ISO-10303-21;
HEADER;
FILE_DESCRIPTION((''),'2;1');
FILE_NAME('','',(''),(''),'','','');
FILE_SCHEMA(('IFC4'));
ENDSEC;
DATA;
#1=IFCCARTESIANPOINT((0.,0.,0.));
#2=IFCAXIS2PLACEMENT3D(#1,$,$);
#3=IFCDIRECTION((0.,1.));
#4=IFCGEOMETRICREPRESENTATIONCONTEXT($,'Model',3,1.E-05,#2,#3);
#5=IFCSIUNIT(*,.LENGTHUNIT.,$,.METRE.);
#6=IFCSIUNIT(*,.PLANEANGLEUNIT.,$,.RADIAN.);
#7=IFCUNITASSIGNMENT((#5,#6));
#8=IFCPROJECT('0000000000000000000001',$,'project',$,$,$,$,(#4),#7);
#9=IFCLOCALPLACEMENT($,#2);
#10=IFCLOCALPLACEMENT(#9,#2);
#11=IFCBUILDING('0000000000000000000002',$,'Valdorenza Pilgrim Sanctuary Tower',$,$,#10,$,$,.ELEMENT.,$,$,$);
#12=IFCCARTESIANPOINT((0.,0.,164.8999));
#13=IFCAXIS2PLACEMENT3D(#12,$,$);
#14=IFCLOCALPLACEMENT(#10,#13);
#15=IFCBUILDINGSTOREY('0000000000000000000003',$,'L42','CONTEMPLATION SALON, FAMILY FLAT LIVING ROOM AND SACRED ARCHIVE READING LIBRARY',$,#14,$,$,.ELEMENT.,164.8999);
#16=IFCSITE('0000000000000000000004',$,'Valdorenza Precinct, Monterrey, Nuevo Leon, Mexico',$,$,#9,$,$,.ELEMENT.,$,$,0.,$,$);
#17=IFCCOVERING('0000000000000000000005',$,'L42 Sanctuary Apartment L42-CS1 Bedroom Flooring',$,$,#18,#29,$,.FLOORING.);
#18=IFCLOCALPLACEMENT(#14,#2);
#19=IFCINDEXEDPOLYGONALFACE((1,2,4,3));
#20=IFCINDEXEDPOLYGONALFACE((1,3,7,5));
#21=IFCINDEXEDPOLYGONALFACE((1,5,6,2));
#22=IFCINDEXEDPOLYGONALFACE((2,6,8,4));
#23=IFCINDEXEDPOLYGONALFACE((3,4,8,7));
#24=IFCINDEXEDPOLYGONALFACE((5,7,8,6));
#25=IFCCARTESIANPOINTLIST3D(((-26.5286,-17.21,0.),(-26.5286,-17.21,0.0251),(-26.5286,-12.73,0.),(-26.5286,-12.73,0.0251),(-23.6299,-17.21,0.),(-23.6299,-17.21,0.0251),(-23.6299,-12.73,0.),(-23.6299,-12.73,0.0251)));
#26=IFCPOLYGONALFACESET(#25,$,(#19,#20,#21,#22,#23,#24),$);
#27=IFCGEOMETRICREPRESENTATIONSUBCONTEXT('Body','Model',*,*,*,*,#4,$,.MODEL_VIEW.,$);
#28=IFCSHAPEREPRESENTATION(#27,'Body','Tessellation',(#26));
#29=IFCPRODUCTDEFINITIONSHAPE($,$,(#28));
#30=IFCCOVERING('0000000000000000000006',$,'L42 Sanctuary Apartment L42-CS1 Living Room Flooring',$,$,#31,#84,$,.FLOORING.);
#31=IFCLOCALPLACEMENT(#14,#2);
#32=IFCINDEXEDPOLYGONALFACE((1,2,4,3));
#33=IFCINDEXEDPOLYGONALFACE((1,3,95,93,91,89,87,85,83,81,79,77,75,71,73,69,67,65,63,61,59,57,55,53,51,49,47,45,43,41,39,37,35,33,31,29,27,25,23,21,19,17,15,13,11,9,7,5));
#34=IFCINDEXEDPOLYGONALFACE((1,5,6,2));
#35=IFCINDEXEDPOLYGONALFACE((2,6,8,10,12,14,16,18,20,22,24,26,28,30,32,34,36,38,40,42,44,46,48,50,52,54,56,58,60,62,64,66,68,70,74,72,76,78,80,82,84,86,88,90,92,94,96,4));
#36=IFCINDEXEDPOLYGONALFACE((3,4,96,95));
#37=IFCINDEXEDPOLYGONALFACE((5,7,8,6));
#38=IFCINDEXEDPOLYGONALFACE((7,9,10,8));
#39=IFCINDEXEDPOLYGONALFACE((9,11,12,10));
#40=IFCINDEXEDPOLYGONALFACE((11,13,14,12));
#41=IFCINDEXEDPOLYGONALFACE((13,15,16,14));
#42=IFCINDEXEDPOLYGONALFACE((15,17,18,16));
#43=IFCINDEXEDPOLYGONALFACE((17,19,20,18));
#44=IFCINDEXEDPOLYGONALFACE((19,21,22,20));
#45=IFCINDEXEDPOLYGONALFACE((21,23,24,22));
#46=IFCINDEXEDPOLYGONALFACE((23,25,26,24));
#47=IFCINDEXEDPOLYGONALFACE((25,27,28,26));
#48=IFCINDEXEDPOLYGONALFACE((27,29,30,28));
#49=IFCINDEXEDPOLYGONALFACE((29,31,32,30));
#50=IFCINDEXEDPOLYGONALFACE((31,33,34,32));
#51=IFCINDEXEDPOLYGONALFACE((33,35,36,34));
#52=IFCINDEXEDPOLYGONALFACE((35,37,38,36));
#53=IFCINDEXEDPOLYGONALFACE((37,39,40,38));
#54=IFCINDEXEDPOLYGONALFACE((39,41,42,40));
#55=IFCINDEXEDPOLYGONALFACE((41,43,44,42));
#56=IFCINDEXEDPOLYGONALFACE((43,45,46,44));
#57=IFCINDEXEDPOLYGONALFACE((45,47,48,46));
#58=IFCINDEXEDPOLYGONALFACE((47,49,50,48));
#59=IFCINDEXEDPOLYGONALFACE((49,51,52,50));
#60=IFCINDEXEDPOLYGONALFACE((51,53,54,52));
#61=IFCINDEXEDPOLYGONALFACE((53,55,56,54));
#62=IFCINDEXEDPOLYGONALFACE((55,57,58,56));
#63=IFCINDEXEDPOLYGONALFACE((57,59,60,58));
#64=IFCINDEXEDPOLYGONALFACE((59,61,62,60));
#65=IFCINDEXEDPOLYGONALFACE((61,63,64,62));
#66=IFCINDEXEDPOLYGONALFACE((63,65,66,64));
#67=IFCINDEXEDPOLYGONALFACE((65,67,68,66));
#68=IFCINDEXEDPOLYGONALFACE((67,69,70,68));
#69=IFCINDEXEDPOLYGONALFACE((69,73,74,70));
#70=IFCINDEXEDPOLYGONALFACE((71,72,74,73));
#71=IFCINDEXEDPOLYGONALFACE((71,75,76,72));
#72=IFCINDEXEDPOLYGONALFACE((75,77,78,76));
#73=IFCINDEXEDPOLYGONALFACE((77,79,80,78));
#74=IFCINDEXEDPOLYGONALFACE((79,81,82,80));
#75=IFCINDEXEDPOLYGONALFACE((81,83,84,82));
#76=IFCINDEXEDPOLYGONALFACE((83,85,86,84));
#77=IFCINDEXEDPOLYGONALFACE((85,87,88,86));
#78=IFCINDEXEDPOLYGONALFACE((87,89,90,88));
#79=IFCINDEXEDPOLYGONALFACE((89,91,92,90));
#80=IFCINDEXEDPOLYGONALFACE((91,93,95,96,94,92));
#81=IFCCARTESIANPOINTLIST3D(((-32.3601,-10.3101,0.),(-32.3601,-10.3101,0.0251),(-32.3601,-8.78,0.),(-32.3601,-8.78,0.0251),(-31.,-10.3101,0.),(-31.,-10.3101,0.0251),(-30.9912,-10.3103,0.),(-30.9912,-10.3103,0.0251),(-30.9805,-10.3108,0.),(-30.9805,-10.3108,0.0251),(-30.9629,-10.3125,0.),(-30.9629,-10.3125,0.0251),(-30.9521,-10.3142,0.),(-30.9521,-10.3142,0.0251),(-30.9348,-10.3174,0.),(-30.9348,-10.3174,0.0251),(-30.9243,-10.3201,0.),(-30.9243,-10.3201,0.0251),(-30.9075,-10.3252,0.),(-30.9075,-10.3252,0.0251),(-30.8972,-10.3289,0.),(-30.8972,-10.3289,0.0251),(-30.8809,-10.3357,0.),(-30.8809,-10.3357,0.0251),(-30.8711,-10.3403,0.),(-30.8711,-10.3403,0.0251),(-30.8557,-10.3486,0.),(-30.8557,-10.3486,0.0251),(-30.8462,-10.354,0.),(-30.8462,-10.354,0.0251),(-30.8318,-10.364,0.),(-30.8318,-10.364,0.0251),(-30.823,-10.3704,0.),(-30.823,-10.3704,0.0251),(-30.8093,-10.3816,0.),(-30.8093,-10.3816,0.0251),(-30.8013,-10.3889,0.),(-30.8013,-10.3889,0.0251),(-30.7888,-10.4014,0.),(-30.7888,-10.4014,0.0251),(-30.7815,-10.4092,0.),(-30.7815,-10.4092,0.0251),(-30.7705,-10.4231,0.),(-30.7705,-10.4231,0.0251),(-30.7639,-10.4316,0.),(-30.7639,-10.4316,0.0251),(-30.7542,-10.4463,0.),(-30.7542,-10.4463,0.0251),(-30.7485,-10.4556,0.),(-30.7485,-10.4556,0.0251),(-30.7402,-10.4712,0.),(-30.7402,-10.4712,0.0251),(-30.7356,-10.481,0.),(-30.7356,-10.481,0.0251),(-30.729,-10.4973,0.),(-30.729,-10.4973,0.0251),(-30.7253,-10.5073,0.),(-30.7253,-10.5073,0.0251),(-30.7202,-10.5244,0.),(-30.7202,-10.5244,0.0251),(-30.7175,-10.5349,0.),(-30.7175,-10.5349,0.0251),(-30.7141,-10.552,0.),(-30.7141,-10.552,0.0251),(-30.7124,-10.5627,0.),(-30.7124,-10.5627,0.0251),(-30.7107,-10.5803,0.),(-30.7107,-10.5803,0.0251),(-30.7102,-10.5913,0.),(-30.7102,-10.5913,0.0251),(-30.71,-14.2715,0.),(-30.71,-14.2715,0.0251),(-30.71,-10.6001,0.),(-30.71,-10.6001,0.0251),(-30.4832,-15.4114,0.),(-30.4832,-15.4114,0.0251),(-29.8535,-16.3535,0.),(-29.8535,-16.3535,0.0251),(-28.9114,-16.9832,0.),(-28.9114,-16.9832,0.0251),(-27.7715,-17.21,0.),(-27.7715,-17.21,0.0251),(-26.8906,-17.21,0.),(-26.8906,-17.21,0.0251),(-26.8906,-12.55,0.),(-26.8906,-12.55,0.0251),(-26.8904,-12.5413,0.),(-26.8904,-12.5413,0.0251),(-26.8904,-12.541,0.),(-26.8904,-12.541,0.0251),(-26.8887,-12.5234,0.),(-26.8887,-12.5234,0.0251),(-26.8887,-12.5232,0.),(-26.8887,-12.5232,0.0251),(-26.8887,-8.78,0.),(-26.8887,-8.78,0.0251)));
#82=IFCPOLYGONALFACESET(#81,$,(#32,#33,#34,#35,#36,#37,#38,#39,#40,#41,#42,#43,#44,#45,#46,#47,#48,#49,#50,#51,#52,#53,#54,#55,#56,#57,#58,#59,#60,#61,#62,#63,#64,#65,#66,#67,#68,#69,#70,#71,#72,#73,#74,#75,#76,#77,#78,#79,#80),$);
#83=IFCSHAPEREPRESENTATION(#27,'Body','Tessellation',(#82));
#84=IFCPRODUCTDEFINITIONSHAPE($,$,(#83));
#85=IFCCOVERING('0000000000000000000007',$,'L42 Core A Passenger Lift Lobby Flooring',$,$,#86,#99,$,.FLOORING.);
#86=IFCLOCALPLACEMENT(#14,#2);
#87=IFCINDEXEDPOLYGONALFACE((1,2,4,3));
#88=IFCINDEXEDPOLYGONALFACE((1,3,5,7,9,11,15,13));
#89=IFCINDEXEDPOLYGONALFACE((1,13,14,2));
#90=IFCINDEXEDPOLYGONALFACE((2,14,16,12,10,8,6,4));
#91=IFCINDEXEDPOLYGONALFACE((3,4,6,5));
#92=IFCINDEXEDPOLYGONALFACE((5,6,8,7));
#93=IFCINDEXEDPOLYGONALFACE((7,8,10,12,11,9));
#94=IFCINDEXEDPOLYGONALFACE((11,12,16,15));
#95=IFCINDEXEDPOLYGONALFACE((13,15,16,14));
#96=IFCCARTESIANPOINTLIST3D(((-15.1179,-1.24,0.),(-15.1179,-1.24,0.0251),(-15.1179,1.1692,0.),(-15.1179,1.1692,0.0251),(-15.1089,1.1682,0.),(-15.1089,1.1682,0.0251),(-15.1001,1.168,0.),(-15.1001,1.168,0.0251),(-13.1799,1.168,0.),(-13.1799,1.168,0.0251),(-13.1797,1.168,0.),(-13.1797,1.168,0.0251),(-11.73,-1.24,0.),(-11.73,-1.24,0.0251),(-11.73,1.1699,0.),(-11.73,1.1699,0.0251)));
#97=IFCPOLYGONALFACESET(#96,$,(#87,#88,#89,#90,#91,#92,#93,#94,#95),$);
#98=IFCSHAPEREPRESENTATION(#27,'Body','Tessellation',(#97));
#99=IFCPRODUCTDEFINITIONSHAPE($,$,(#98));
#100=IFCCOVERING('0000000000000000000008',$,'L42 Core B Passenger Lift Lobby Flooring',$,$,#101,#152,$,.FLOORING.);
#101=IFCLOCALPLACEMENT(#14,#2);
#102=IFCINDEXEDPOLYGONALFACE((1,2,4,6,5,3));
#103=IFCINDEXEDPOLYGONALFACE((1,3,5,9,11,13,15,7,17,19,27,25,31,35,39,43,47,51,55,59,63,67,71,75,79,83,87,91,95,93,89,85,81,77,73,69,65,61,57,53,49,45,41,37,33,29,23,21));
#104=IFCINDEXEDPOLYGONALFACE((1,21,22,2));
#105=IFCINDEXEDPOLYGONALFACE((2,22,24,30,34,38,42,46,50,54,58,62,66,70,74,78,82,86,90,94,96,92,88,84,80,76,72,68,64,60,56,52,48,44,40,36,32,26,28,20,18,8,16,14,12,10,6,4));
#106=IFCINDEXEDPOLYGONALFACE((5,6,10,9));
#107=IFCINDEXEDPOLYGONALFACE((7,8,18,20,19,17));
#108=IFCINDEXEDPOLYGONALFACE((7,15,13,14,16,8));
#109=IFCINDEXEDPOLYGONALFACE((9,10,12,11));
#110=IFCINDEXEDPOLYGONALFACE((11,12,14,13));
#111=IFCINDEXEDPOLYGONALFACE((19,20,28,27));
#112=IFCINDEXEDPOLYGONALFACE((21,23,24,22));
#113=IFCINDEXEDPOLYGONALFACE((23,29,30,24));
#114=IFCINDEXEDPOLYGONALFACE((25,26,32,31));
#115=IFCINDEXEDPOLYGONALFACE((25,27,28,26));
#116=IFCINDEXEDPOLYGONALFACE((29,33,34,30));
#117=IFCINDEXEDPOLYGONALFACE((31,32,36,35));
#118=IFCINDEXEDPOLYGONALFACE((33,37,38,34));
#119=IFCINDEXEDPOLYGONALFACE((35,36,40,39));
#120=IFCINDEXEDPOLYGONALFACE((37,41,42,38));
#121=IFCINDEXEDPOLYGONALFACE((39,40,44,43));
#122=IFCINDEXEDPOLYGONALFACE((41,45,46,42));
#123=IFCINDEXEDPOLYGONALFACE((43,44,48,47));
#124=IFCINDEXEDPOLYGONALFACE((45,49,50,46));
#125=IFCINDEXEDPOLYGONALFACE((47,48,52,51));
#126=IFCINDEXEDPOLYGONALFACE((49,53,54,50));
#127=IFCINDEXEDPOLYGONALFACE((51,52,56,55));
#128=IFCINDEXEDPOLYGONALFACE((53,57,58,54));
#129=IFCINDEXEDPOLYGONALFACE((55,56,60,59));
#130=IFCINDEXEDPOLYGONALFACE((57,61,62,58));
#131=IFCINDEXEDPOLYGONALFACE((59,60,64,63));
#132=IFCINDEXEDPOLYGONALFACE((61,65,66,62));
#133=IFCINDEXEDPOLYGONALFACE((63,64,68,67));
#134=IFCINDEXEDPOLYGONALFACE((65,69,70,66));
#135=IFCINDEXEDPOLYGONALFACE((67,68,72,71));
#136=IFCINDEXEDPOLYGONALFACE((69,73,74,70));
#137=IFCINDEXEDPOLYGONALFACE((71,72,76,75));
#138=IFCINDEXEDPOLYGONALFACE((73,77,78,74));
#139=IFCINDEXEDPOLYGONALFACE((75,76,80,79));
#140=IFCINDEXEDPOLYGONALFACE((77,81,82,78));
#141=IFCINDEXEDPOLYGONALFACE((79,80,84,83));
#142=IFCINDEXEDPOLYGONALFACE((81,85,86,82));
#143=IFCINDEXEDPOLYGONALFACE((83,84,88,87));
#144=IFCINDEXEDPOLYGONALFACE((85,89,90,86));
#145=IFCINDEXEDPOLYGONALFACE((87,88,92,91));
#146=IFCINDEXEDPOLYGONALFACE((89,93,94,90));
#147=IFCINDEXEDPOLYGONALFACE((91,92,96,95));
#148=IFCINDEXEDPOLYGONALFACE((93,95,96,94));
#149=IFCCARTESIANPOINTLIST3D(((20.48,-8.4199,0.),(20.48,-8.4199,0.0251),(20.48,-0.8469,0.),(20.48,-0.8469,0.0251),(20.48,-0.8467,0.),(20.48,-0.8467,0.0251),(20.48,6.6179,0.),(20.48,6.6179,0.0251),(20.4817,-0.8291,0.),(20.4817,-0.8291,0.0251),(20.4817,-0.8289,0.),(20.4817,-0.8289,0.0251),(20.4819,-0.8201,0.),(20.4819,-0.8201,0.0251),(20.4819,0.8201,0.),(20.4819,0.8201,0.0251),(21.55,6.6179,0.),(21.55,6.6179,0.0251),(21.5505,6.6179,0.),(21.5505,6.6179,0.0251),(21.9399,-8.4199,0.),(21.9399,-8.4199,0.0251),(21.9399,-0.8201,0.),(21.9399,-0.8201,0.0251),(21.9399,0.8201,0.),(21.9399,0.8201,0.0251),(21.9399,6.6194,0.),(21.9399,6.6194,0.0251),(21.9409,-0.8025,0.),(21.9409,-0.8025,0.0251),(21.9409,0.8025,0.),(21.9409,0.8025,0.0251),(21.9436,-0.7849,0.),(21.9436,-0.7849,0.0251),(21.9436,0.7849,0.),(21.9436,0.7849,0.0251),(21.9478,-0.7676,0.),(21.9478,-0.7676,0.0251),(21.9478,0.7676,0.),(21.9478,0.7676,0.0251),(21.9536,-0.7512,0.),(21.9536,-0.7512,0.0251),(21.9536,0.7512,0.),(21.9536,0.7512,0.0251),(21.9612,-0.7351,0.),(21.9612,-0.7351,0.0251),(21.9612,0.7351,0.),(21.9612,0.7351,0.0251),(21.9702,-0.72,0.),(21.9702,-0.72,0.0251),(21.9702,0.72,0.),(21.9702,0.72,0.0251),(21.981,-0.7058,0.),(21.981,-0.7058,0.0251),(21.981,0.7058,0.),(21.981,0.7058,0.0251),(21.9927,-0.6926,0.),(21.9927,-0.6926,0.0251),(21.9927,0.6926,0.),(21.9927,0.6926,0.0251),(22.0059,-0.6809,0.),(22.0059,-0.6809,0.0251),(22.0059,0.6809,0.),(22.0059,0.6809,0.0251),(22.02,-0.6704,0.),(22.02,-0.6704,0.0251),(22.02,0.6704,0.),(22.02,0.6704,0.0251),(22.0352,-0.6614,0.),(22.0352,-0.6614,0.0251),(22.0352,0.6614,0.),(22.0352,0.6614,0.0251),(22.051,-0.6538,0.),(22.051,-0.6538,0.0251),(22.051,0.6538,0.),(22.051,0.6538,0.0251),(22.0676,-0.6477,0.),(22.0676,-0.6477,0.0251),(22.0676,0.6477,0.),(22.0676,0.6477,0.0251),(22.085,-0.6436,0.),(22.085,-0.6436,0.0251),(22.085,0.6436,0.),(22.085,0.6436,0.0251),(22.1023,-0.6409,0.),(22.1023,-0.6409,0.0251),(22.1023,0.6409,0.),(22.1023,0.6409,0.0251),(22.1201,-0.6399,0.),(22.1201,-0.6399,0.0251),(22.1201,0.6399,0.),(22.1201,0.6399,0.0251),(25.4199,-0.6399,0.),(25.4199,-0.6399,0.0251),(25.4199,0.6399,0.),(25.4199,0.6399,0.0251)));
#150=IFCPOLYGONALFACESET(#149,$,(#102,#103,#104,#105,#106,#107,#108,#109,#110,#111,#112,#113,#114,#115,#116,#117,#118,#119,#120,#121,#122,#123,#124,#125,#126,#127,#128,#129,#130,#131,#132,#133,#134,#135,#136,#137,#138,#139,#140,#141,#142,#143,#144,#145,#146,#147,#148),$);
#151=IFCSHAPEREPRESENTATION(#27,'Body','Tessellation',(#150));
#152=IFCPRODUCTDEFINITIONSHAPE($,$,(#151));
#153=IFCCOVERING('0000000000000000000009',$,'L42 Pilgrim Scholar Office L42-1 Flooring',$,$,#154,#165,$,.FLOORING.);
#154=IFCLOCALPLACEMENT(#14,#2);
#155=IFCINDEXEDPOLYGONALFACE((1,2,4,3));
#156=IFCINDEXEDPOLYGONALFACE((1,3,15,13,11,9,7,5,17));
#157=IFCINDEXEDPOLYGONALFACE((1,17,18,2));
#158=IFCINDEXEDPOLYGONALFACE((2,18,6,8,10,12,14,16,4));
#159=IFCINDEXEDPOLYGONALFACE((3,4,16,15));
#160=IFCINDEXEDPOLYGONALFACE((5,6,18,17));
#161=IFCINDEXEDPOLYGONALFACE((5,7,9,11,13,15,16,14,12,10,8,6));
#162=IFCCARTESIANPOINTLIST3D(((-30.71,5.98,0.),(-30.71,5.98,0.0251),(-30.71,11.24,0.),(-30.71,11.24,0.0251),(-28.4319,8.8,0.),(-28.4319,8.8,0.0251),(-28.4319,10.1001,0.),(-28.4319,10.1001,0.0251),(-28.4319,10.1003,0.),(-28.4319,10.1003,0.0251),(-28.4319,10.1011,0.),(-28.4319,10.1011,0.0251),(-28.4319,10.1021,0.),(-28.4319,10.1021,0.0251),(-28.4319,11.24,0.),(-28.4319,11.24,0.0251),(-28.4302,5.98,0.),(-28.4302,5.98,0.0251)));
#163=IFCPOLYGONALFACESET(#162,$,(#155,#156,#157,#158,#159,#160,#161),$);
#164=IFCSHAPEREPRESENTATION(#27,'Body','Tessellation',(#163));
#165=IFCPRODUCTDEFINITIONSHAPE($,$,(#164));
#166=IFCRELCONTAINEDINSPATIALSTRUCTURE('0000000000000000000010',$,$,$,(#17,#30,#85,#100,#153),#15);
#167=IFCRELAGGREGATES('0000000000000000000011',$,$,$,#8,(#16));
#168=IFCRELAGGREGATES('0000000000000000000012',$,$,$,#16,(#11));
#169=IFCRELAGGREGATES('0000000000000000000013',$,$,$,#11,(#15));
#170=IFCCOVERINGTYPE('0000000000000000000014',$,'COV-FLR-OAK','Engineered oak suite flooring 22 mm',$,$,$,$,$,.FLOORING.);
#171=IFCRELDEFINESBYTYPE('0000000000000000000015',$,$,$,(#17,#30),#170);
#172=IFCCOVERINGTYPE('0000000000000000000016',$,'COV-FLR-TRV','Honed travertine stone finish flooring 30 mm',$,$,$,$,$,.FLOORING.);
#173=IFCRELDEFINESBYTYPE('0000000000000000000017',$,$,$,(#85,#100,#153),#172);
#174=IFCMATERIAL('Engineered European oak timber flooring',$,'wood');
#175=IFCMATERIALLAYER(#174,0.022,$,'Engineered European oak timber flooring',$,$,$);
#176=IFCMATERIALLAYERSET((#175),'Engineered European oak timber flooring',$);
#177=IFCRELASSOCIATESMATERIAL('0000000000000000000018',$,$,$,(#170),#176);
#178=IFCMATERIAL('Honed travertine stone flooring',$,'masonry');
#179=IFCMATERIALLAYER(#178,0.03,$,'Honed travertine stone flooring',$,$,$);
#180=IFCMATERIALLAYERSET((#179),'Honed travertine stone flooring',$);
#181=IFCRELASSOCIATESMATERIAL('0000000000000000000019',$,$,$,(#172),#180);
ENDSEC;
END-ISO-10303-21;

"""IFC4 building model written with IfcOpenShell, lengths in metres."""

from ifc_helpers import new_model, si_unit, direction, frame, origin, place, context, subcontext, project, spatial, polyline, outline, extrude, material, layer, layer_set, type_object, element, save


model = new_model("IFC4")

# Units and contexts
model_context = context("Model", 3, precision=1e-05, world=origin(), true_north=direction((0.0, 1.0)))
body_context = subcontext(model_context, "Body", "Model", "MODEL_VIEW")
ifc_project = project(units=[si_unit("LENGTHUNIT", "METRE"), si_unit("PLANEANGLEUNIT", "RADIAN")], contexts=[model_context])

# Site, building, storey
site_placement = place(None, origin())
site = spatial("IfcSite", under=ifc_project, at=site_placement, Name="Valdorenza Precinct, Monterrey, Nuevo Leon, Mexico", CompositionType="ELEMENT", RefElevation=0.0)
building_placement = place(site_placement, origin())
building = spatial("IfcBuilding", under=site, at=building_placement, Name="Valdorenza Pilgrim Sanctuary Tower", CompositionType="ELEMENT")
storey_placement = place(building_placement, frame((0.0, 0.0, 164.8999)))
storey = spatial("IfcBuildingStorey", under=building, at=storey_placement, Name="L42", Description="CONTEMPLATION SALON, FAMILY FLAT LIVING ROOM AND SACRED ARCHIVE READING LIBRARY", CompositionType="ELEMENT", Elevation=164.8999)

# Coverings
ifc_material_1 = material(Name="Engineered European oak timber flooring", Category="wood")
ifc_layer_1 = layer(ifc_material_1, 0.022, Name="Engineered European oak timber flooring")
ifc_layer_set_1 = layer_set([ifc_layer_1], Name="Engineered European oak timber flooring")
covering_type_1 = type_object("IfcCoveringType", Name="COV-FLR-OAK", Description="Engineered oak suite flooring 22 mm", PredefinedType="FLOORING", material=ifc_layer_set_1)
covering_1_placement = place(storey_placement, origin())
element("IfcCovering", 1, at=covering_1_placement, inside=storey, type_object=covering_type_1, Name="L42 Sanctuary Apartment L42-CS1 Bedroom Flooring", PredefinedType="FLOORING", context=body_context, shape_type="SweptSolid", body=[
    extrude(outline(polyline([(-26.5286, -12.73), (-23.6299, -12.73), (-23.6299, -17.21), (-26.5286, -17.21), (-26.5286, -12.73)])), origin(), (0.0, 0.0, 1.0), 0.0251),
])
covering_2_placement = place(storey_placement, origin())
element("IfcCovering", 2, at=covering_2_placement, inside=storey, type_object=covering_type_1, Name="L42 Sanctuary Apartment L42-CS1 Living Room Flooring", PredefinedType="FLOORING", context=body_context, shape_type="SweptSolid", body=[
    extrude(outline(polyline([(-28.9114, -16.9832), (-29.8535, -16.3535), (-30.4832, -15.4114), (-30.71, -14.2715), (-30.71, -10.6001), (-30.7102, -10.5913), (-30.7107, -10.5803), (-30.7124, -10.5627), (-30.7141, -10.552), (-30.7175, -10.5349), (-30.7202, -10.5244), (-30.7253, -10.5073), (-30.729, -10.4973), (-30.7356, -10.481), (-30.7402, -10.4712), (-30.7485, -10.4556), (-30.7542, -10.4463), (-30.7639, -10.4316), (-30.7705, -10.4231), (-30.7815, -10.4092), (-30.7888, -10.4014), (-30.8013, -10.3889), (-30.8093, -10.3816), (-30.823, -10.3704), (-30.8318, -10.364), (-30.8462, -10.354), (-30.8557, -10.3486), (-30.8711, -10.3403), (-30.8809, -10.3357), (-30.8972, -10.3289), (-30.9075, -10.3252), (-30.9243, -10.3201), (-30.9348, -10.3174), (-30.9521, -10.3142), (-30.9629, -10.3125), (-30.9805, -10.3108), (-30.9912, -10.3103), (-31.0, -10.3101), (-32.3601, -10.3101), (-32.3601, -8.78), (-26.8887, -8.78), (-26.8887, -12.5232), (-26.8887, -12.5232), (-26.8887, -12.5234), (-26.8904, -12.541), (-26.8904, -12.5413), (-26.8906, -12.55), (-26.8906, -17.21), (-27.7715, -17.21), (-28.9114, -16.9832)])), origin(), (0.0, 0.0, 1.0), 0.0251),
])
ifc_material_2 = material(Name="Honed travertine stone flooring", Category="masonry")
ifc_layer_2 = layer(ifc_material_2, 0.03, Name="Honed travertine stone flooring")
ifc_layer_set_2 = layer_set([ifc_layer_2], Name="Honed travertine stone flooring")
covering_type_2 = type_object("IfcCoveringType", Name="COV-FLR-TRV", Description="Honed travertine stone finish flooring 30 mm", PredefinedType="FLOORING", material=ifc_layer_set_2)
covering_3_placement = place(storey_placement, origin())
element("IfcCovering", 3, at=covering_3_placement, inside=storey, type_object=covering_type_2, Name="L42 Core A Passenger Lift Lobby Flooring", PredefinedType="FLOORING", context=body_context, shape_type="SweptSolid", body=[
    extrude(outline(polyline([(-15.1179, 1.1692), (-15.1089, 1.1682), (-15.1089, 1.1682), (-15.1001, 1.168), (-13.1799, 1.168), (-13.1797, 1.168), (-11.73, 1.1699), (-11.73, -1.24), (-15.1179, -1.24), (-15.1179, 1.1692)])), origin(), (0.0, 0.0, 1.0), 0.0251),
])
covering_4_placement = place(storey_placement, origin())
element("IfcCovering", 4, at=covering_4_placement, inside=storey, type_object=covering_type_2, Name="L42 Core B Passenger Lift Lobby Flooring", PredefinedType="FLOORING", context=body_context, shape_type="SweptSolid", body=[
    extrude(outline(polyline([(20.48, 6.6179), (21.55, 6.6179), (21.5505, 6.6179), (21.9399, 6.6194), (21.9399, 0.8201), (21.9409, 0.8025), (21.9436, 0.7849), (21.9478, 0.7676), (21.9536, 0.7512), (21.9612, 0.7351), (21.9702, 0.72), (21.981, 0.7058), (21.9927, 0.6926), (22.0059, 0.6809), (22.02, 0.6704), (22.0352, 0.6614), (22.051, 0.6538), (22.0676, 0.6477), (22.085, 0.6436), (22.1023, 0.6409), (22.1201, 0.6399), (25.4199, 0.6399), (25.4199, -0.6399), (22.1201, -0.6399), (22.1023, -0.6409), (22.085, -0.6436), (22.0676, -0.6477), (22.051, -0.6538), (22.0352, -0.6614), (22.02, -0.6704), (22.0059, -0.6809), (21.9927, -0.6926), (21.981, -0.7058), (21.9702, -0.72), (21.9612, -0.7351), (21.9536, -0.7512), (21.9478, -0.7676), (21.9436, -0.7849), (21.9409, -0.8025), (21.9399, -0.8201), (21.9399, -8.4199), (20.48, -8.4199), (20.48, -0.8469), (20.48, -0.8467), (20.48, -0.8467), (20.4817, -0.8291), (20.4817, -0.8289), (20.4819, -0.8201), (20.4819, 0.8201), (20.48, 6.6179)])), origin(), (0.0, 0.0, 1.0), 0.0251),
])
covering_5_placement = place(storey_placement, origin())
element("IfcCovering", 5, at=covering_5_placement, inside=storey, type_object=covering_type_2, Name="L42 Pilgrim Scholar Office L42-1 Flooring", PredefinedType="FLOORING", context=body_context, shape_type="SweptSolid", body=[
    extrude(outline(polyline([(-28.4319, 11.24), (-28.4319, 10.1021), (-28.4319, 10.1011), (-28.4319, 10.1003), (-28.4319, 10.1001), (-28.4319, 8.8), (-28.4302, 5.98), (-30.71, 5.98), (-30.71, 11.24), (-28.4319, 11.24)])), origin(), (0.0, 0.0, 1.0), 0.0251),
])

save(model, "model.ifc")
